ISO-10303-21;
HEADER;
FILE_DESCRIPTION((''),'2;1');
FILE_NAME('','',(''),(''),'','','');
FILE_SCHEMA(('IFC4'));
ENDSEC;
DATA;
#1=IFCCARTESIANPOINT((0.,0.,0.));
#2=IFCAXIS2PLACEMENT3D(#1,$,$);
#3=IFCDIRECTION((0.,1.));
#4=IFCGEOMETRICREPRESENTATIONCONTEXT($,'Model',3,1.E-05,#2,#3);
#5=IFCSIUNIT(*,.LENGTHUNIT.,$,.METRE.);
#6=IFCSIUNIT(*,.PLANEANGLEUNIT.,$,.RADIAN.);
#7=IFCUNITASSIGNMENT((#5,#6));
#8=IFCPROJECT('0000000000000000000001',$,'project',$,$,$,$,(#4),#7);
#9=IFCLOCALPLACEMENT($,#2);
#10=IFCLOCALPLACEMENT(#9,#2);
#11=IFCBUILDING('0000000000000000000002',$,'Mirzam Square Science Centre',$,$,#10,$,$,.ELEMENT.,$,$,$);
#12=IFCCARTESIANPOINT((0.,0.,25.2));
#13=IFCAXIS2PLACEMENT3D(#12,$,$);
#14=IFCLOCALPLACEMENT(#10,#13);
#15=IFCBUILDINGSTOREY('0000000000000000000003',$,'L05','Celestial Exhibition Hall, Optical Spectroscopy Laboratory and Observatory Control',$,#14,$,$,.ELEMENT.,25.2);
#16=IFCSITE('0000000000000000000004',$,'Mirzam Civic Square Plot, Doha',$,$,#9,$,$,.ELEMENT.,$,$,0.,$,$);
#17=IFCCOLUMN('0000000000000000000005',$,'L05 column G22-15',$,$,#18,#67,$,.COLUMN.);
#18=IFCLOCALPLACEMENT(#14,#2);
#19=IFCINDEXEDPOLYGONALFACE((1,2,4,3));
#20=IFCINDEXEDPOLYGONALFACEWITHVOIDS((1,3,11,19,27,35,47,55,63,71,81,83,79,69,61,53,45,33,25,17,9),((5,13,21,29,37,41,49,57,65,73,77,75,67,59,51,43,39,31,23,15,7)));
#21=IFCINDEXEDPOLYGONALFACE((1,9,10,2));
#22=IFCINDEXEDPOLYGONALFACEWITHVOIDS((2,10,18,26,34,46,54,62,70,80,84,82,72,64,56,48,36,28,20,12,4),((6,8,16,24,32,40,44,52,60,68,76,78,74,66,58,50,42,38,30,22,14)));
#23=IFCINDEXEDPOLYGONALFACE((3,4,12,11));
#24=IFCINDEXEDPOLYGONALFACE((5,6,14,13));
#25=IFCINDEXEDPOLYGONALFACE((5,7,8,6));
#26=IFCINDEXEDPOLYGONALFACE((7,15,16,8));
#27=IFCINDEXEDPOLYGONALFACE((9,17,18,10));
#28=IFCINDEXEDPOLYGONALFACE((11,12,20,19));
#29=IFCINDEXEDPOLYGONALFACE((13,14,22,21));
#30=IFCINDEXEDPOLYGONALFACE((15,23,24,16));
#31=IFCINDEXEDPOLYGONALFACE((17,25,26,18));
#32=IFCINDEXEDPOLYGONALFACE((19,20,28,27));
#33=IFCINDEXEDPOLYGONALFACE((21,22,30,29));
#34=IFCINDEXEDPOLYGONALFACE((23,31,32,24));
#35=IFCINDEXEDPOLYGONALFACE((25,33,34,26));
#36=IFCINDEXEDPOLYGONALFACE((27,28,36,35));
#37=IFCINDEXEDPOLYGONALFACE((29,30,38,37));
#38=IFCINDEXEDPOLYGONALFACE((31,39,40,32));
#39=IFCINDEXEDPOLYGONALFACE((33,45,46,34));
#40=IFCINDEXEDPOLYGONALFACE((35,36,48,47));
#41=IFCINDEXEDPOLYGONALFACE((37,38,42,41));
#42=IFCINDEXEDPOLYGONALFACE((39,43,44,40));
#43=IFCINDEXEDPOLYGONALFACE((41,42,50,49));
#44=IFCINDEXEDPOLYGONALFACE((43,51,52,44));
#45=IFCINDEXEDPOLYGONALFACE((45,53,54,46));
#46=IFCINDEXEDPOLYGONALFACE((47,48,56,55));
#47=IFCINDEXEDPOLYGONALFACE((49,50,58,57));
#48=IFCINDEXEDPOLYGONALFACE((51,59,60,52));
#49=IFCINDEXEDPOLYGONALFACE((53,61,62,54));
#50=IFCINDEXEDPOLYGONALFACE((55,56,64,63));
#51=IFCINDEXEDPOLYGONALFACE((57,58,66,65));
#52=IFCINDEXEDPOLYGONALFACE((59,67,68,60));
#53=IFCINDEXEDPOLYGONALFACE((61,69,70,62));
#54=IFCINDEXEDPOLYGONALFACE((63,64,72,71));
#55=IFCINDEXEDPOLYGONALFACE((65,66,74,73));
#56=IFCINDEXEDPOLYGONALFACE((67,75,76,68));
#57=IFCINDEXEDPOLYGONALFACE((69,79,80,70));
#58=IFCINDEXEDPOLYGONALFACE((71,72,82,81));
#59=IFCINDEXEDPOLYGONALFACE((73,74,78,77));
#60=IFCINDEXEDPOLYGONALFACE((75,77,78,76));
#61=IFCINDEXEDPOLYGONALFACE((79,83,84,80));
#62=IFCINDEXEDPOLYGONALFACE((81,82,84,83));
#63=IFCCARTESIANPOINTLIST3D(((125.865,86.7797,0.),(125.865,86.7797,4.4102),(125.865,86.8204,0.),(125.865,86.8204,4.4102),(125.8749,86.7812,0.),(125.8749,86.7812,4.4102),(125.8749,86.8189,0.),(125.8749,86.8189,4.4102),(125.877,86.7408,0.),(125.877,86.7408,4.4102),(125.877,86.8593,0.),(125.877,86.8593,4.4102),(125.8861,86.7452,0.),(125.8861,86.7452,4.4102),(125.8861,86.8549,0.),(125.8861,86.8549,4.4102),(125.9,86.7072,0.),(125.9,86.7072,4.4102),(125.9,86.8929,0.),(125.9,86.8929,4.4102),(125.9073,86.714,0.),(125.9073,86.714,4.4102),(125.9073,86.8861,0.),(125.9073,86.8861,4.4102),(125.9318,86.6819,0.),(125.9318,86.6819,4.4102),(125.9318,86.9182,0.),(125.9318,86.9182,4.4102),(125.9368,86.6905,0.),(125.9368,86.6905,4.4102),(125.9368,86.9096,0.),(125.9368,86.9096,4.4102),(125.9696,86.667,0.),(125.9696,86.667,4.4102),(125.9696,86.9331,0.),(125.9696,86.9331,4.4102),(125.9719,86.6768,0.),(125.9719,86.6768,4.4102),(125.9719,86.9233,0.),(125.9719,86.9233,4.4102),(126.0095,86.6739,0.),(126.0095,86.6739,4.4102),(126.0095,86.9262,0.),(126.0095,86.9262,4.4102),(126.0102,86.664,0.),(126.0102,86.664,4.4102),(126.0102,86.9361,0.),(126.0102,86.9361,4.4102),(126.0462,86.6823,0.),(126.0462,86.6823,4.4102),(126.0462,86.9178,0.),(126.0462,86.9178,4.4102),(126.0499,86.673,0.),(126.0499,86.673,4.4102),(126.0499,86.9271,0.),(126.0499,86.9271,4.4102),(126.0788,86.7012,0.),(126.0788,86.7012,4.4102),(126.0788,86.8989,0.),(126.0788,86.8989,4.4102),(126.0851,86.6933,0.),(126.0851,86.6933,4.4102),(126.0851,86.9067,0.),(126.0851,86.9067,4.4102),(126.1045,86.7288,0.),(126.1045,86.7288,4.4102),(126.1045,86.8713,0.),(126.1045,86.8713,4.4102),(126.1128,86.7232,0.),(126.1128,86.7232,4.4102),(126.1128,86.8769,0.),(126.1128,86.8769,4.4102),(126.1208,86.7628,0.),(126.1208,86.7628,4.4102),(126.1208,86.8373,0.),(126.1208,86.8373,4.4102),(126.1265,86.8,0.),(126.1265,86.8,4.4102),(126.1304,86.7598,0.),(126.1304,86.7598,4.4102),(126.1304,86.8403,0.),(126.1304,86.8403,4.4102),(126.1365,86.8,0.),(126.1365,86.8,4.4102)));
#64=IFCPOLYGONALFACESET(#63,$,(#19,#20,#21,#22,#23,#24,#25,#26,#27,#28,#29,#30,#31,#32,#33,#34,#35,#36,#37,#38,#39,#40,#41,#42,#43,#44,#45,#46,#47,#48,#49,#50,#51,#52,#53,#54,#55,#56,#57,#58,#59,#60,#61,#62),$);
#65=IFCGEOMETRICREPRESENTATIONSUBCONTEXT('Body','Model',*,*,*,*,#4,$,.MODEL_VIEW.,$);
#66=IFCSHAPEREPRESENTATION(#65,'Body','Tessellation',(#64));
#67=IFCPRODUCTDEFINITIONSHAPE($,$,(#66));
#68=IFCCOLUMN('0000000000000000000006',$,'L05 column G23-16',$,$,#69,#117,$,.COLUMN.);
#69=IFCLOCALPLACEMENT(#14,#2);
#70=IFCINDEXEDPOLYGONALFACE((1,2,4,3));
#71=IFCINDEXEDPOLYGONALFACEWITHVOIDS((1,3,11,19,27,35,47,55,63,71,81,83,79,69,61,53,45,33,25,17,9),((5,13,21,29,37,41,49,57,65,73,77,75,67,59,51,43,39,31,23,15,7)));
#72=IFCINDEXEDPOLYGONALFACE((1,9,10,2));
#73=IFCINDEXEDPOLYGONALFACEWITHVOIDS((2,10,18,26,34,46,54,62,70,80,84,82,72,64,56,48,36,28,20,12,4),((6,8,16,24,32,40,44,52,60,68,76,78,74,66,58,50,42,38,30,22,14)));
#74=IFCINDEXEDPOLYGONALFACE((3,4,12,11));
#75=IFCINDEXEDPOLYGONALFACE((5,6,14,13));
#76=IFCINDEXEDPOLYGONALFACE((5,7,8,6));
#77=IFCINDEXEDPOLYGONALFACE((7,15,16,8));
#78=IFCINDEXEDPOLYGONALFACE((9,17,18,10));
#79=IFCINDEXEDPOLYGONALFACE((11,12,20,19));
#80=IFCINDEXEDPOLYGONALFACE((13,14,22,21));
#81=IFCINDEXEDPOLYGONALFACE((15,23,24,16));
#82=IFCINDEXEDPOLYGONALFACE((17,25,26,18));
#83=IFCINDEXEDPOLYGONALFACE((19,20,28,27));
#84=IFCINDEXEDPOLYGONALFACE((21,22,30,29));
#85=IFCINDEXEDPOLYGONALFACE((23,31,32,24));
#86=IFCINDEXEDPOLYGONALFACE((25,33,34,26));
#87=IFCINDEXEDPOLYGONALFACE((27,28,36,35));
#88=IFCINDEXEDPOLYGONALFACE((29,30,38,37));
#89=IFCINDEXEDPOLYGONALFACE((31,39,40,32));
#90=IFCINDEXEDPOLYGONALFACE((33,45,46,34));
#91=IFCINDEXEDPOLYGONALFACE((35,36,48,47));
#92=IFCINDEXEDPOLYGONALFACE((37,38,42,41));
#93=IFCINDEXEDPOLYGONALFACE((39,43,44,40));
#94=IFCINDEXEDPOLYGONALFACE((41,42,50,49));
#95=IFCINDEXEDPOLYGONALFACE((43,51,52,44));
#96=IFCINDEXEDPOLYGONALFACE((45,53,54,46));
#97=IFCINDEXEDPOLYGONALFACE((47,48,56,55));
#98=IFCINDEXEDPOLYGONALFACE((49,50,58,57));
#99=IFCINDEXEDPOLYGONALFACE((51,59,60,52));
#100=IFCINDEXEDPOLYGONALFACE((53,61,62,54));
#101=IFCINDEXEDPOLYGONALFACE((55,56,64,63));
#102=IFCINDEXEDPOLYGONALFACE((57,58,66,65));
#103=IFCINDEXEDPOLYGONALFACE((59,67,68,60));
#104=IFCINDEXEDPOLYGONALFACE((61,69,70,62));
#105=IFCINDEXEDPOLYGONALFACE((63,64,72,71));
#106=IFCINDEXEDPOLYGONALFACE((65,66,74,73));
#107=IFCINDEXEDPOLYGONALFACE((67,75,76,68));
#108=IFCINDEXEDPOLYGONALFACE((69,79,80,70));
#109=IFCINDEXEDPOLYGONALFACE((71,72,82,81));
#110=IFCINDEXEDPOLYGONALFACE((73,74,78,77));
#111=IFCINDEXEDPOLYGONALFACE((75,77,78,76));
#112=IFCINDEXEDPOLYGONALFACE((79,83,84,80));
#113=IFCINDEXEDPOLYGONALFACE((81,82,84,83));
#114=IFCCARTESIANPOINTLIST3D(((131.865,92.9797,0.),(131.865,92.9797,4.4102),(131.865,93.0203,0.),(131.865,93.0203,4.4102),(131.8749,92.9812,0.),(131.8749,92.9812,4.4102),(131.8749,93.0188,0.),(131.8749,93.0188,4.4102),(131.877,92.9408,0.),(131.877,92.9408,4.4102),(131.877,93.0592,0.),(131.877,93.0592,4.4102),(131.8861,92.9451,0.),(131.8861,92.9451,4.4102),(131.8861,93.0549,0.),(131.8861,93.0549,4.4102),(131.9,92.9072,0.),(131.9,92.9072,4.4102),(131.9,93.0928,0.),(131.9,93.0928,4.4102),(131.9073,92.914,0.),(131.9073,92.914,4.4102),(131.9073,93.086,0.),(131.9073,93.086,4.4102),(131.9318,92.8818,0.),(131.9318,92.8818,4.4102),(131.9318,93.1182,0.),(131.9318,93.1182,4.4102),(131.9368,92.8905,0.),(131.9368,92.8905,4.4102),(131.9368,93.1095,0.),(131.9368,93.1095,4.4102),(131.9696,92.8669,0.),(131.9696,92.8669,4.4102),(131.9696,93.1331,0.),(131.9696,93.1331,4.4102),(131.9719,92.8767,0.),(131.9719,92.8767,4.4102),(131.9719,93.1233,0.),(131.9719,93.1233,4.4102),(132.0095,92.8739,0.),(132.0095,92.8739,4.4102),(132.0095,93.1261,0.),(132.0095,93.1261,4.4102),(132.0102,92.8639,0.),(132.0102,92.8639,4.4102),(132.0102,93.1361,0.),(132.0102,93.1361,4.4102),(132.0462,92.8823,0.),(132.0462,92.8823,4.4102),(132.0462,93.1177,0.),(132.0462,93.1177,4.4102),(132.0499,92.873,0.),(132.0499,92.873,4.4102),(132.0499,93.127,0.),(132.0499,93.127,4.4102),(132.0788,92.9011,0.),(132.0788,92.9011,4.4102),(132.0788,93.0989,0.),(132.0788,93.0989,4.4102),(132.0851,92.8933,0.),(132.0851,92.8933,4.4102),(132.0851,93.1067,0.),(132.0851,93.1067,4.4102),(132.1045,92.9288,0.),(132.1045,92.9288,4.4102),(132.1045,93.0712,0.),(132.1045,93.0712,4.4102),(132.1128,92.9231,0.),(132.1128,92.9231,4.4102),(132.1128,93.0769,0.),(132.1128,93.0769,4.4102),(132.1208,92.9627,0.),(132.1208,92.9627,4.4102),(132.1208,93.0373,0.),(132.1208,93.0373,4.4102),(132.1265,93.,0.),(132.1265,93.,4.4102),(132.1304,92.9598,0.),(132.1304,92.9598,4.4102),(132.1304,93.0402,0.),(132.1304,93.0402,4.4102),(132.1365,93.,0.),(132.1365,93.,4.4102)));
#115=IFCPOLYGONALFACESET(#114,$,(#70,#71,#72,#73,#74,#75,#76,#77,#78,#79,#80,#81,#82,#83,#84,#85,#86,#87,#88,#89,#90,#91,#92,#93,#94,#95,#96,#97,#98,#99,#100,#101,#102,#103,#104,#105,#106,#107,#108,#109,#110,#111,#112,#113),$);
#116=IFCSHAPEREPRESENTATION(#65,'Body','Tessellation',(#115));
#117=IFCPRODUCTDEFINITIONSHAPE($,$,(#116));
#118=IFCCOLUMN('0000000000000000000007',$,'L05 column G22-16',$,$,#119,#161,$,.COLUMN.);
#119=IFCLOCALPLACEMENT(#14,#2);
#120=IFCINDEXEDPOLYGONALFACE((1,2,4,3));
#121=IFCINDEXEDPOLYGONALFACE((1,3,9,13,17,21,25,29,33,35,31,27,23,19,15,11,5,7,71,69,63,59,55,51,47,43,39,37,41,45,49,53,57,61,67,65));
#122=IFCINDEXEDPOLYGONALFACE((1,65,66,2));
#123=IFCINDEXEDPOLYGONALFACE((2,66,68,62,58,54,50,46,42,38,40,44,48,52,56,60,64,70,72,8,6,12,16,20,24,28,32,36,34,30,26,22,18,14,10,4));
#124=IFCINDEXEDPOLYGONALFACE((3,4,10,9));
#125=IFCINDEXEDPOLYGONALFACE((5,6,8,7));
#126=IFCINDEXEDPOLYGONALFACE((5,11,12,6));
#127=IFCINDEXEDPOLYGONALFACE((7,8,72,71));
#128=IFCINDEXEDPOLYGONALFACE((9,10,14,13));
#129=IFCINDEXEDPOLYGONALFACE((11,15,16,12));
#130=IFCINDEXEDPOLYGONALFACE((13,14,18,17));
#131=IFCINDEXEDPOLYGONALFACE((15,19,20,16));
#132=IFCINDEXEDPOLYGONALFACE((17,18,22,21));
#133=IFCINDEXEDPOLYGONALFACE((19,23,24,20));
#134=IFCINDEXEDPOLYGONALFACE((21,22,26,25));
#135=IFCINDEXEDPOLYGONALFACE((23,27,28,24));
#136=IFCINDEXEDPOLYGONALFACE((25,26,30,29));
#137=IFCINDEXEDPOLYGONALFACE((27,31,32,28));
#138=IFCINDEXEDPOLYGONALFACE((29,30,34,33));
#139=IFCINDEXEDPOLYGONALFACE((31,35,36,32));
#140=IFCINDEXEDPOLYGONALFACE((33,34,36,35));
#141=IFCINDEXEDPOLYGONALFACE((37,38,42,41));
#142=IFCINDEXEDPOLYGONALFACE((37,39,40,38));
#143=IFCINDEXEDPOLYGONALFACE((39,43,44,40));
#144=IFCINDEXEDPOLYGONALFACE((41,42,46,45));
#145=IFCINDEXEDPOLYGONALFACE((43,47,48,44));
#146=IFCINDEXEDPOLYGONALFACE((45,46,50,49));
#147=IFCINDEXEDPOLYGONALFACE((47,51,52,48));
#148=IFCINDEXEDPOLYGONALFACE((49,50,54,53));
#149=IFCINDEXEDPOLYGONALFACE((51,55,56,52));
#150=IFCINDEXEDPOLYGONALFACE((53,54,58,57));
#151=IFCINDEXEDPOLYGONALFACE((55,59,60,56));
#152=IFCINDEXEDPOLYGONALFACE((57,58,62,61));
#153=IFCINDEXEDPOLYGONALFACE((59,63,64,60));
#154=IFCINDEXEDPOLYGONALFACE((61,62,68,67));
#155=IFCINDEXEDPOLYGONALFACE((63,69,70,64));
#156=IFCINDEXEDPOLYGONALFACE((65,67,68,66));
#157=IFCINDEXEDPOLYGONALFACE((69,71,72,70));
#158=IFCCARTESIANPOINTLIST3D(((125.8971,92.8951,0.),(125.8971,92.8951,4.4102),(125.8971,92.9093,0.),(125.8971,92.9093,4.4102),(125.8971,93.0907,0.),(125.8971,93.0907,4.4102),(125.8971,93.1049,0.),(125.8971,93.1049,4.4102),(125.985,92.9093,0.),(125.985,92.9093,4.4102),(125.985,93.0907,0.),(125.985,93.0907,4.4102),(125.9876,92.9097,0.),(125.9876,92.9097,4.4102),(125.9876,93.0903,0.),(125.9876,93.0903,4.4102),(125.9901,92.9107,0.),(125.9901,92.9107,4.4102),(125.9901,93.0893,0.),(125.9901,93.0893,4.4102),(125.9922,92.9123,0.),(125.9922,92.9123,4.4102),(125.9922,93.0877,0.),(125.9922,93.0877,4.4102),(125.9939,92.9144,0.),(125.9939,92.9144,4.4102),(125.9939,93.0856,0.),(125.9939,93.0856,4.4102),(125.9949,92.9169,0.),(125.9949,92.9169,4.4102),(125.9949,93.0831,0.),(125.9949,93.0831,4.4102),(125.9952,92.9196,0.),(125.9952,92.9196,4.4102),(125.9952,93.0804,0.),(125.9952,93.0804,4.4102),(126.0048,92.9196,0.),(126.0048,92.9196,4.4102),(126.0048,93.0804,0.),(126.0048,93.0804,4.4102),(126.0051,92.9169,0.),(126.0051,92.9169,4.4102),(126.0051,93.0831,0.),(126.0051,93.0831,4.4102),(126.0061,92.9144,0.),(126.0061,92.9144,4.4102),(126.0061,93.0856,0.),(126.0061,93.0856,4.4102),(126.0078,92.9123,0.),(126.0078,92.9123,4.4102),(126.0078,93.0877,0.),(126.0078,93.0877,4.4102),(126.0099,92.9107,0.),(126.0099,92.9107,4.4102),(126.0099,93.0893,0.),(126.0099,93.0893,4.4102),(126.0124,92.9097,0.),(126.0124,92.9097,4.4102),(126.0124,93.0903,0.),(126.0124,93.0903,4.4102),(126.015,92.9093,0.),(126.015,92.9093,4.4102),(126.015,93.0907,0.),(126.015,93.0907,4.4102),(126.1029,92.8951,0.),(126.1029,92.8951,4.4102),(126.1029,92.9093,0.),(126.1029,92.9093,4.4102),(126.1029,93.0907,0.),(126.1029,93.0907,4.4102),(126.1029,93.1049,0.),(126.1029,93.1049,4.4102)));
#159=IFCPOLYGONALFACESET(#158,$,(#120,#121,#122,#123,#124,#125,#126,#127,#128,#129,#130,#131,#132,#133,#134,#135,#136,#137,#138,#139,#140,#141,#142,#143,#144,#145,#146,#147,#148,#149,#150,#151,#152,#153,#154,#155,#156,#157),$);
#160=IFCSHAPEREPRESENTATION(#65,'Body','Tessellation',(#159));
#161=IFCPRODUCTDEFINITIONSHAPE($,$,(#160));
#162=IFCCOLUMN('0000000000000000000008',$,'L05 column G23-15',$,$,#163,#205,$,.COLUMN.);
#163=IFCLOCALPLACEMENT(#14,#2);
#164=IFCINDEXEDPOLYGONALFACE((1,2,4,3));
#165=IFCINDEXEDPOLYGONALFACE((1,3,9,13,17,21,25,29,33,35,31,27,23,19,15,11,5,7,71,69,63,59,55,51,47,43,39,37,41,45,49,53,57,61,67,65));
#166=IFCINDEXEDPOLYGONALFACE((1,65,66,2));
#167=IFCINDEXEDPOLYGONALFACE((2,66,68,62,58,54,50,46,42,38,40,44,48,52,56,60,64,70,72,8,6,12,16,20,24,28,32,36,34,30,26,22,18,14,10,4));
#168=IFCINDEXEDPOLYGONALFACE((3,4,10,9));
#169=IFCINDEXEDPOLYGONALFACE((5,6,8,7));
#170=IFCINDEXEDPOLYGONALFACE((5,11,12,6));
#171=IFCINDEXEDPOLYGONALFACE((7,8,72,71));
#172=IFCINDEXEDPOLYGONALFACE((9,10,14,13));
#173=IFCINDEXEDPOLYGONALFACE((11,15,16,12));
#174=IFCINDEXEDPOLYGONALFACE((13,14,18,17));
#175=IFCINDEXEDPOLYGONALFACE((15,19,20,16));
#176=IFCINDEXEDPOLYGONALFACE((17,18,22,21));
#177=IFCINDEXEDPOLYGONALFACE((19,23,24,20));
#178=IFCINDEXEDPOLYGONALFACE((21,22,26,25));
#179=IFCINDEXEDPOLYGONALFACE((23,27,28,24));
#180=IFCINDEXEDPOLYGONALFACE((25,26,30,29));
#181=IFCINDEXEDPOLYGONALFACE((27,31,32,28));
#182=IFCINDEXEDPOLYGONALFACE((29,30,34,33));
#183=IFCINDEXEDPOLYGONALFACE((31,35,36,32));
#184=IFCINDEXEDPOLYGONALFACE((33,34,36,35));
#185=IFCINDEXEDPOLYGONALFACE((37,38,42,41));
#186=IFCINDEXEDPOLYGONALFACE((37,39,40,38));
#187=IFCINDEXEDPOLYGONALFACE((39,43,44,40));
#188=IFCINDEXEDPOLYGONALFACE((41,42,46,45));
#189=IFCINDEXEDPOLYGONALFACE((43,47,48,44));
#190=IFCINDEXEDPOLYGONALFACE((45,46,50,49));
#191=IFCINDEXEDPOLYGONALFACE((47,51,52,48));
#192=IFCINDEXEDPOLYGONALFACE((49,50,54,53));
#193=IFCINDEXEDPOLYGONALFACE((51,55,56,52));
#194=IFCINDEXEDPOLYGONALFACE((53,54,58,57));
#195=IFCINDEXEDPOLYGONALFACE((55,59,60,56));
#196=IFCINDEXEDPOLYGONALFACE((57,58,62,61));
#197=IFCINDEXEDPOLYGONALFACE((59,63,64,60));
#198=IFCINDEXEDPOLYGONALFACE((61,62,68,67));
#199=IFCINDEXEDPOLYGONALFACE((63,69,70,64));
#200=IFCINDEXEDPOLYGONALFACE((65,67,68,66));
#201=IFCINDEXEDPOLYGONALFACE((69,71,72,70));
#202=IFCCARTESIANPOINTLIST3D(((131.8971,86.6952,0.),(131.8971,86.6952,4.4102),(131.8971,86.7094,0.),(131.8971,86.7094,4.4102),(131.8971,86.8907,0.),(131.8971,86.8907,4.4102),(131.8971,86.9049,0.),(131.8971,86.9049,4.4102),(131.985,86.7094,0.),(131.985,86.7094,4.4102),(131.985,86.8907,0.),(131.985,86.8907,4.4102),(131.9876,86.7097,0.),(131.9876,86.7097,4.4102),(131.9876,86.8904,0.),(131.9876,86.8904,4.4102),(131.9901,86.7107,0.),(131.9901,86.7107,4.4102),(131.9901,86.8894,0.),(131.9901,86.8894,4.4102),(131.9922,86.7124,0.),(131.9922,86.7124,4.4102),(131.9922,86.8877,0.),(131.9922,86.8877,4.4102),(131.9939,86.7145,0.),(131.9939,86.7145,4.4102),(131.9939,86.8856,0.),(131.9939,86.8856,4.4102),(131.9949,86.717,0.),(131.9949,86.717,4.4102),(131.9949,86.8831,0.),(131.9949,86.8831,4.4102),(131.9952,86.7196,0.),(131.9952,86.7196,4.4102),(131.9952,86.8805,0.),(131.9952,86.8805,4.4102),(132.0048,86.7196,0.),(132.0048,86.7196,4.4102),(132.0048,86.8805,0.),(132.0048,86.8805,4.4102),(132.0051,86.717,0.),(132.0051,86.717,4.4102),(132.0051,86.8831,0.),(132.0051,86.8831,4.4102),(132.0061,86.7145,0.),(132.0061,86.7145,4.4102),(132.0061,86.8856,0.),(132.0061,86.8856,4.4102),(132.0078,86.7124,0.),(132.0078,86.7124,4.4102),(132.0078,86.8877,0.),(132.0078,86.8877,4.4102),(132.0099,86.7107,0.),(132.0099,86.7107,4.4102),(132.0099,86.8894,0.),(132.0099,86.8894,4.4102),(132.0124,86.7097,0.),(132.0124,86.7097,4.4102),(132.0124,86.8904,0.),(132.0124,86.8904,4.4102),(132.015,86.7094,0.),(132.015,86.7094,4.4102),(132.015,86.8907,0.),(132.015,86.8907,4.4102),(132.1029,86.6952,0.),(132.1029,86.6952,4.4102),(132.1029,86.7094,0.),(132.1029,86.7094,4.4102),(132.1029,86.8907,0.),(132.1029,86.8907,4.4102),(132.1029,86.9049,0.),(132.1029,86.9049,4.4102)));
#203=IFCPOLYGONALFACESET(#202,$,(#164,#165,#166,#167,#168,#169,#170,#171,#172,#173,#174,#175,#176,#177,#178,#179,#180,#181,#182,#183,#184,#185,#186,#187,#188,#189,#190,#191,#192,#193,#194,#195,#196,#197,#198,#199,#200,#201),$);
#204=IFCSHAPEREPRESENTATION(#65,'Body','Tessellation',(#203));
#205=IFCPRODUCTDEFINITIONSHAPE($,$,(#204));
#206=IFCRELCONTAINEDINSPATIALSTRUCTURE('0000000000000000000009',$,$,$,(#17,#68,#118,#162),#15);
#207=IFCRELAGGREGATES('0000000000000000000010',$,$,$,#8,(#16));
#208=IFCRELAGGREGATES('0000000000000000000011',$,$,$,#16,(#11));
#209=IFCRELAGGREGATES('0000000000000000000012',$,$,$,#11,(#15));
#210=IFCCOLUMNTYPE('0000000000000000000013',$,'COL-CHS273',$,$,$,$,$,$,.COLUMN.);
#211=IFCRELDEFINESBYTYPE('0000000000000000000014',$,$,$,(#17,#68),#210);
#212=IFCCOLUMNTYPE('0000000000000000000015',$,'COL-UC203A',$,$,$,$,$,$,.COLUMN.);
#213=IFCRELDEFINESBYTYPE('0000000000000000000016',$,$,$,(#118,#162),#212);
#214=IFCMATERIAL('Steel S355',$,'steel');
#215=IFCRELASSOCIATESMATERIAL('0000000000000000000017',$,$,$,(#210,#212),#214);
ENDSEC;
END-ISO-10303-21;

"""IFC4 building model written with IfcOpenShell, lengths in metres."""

from ifc_helpers import new_model, si_unit, direction, frame, origin, origin_2d, place, context, subcontext, project, spatial, hollow_circle, i_section, extrude, material, material_profile, profile_set, type_object, element, save


model = new_model("IFC4")

# Units and contexts
model_context = context("Model", 3, precision=1e-05, world=origin(), true_north=direction((0.0, 1.0)))
body_context = subcontext(model_context, "Body", "Model", "MODEL_VIEW")
ifc_project = project(units=[si_unit("LENGTHUNIT", "METRE"), si_unit("PLANEANGLEUNIT", "RADIAN")], contexts=[model_context])

# Site, building, storey
site_placement = place(None, origin())
site = spatial("IfcSite", under=ifc_project, at=site_placement, Name="Mirzam Civic Square Plot, Doha", CompositionType="ELEMENT", RefElevation=0.0)
building_placement = place(site_placement, origin())
building = spatial("IfcBuilding", under=site, at=building_placement, Name="Mirzam Square Science Centre", CompositionType="ELEMENT")
storey_placement = place(building_placement, frame((0.0, 0.0, 25.2)))
storey = spatial("IfcBuildingStorey", under=building, at=storey_placement, Name="L05", Description="Celestial Exhibition Hall, Optical Spectroscopy Laboratory and Observatory Control", CompositionType="ELEMENT", Elevation=25.2)

# Columns
ifc_material_1 = material(Name="Steel S355", Category="steel")
ifc_material_profile_1 = material_profile(ifc_material_1, hollow_circle(Radius=0.1365, WallThickness=0.01, at=origin_2d()), Name="273.0x10.0CHS")
ifc_profile_set_1 = profile_set([ifc_material_profile_1], Name="Steel S355")
column_type_1 = type_object("IfcColumnType", Name="COL-CHS273", PredefinedType="COLUMN", material=ifc_profile_set_1)
for number, where, z_axis, x_axis, name in (
    (1, (126.0, 86.8, 0.0), (0.0, 0.0, 1.0), (1.0, 0.0, 0.0), "L05 column G22-15"),
    (2, (132.0, 93.0, 0.0), (0.0, 0.0, 1.0), (1.0, 0.0, 0.0), "L05 column G23-16"),
):
    element("IfcColumn", number, at=place(storey_placement, frame(where, z_axis=z_axis, x_axis=x_axis)), inside=storey, type_object=column_type_1, Name=name, PredefinedType="COLUMN", context=body_context, shape_type="SweptSolid", body=[
        extrude(hollow_circle(Radius=0.1365, WallThickness=0.01, at=origin_2d()), origin(), (0.0, 0.0, 1.0), 4.4102),
    ])
ifc_material_profile_2 = material_profile(ifc_material_1, i_section(OverallWidth=0.2058, OverallDepth=0.2097, WebThickness=0.0095, FlangeThickness=0.0142, FilletRadius=0.0103, at=origin_2d()), Name="203x203x60UC")
ifc_profile_set_2 = profile_set([ifc_material_profile_2], Name="Steel S355")
column_type_2 = type_object("IfcColumnType", Name="COL-UC203A", PredefinedType="COLUMN", material=ifc_profile_set_2)
for number, where, z_axis, x_axis, name in (
    (3, (126.0, 93.0, 0.0), (0.0, 0.0, 1.0), (1.0, 0.0, 0.0), "L05 column G22-16"),
    (4, (132.0, 86.8, 0.0), (0.0, 0.0, 1.0), (1.0, 0.0, 0.0), "L05 column G23-15"),
):
    element("IfcColumn", number, at=place(storey_placement, frame(where, z_axis=z_axis, x_axis=x_axis)), inside=storey, type_object=column_type_2, Name=name, PredefinedType="COLUMN", context=body_context, shape_type="SweptSolid", body=[
        extrude(i_section(OverallWidth=0.2058, OverallDepth=0.2097, WebThickness=0.0095, FlangeThickness=0.0142, FilletRadius=0.0103, at=origin_2d()), origin(), (0.0, 0.0, 1.0), 4.4102),
    ])

save(model, "model.ifc")
